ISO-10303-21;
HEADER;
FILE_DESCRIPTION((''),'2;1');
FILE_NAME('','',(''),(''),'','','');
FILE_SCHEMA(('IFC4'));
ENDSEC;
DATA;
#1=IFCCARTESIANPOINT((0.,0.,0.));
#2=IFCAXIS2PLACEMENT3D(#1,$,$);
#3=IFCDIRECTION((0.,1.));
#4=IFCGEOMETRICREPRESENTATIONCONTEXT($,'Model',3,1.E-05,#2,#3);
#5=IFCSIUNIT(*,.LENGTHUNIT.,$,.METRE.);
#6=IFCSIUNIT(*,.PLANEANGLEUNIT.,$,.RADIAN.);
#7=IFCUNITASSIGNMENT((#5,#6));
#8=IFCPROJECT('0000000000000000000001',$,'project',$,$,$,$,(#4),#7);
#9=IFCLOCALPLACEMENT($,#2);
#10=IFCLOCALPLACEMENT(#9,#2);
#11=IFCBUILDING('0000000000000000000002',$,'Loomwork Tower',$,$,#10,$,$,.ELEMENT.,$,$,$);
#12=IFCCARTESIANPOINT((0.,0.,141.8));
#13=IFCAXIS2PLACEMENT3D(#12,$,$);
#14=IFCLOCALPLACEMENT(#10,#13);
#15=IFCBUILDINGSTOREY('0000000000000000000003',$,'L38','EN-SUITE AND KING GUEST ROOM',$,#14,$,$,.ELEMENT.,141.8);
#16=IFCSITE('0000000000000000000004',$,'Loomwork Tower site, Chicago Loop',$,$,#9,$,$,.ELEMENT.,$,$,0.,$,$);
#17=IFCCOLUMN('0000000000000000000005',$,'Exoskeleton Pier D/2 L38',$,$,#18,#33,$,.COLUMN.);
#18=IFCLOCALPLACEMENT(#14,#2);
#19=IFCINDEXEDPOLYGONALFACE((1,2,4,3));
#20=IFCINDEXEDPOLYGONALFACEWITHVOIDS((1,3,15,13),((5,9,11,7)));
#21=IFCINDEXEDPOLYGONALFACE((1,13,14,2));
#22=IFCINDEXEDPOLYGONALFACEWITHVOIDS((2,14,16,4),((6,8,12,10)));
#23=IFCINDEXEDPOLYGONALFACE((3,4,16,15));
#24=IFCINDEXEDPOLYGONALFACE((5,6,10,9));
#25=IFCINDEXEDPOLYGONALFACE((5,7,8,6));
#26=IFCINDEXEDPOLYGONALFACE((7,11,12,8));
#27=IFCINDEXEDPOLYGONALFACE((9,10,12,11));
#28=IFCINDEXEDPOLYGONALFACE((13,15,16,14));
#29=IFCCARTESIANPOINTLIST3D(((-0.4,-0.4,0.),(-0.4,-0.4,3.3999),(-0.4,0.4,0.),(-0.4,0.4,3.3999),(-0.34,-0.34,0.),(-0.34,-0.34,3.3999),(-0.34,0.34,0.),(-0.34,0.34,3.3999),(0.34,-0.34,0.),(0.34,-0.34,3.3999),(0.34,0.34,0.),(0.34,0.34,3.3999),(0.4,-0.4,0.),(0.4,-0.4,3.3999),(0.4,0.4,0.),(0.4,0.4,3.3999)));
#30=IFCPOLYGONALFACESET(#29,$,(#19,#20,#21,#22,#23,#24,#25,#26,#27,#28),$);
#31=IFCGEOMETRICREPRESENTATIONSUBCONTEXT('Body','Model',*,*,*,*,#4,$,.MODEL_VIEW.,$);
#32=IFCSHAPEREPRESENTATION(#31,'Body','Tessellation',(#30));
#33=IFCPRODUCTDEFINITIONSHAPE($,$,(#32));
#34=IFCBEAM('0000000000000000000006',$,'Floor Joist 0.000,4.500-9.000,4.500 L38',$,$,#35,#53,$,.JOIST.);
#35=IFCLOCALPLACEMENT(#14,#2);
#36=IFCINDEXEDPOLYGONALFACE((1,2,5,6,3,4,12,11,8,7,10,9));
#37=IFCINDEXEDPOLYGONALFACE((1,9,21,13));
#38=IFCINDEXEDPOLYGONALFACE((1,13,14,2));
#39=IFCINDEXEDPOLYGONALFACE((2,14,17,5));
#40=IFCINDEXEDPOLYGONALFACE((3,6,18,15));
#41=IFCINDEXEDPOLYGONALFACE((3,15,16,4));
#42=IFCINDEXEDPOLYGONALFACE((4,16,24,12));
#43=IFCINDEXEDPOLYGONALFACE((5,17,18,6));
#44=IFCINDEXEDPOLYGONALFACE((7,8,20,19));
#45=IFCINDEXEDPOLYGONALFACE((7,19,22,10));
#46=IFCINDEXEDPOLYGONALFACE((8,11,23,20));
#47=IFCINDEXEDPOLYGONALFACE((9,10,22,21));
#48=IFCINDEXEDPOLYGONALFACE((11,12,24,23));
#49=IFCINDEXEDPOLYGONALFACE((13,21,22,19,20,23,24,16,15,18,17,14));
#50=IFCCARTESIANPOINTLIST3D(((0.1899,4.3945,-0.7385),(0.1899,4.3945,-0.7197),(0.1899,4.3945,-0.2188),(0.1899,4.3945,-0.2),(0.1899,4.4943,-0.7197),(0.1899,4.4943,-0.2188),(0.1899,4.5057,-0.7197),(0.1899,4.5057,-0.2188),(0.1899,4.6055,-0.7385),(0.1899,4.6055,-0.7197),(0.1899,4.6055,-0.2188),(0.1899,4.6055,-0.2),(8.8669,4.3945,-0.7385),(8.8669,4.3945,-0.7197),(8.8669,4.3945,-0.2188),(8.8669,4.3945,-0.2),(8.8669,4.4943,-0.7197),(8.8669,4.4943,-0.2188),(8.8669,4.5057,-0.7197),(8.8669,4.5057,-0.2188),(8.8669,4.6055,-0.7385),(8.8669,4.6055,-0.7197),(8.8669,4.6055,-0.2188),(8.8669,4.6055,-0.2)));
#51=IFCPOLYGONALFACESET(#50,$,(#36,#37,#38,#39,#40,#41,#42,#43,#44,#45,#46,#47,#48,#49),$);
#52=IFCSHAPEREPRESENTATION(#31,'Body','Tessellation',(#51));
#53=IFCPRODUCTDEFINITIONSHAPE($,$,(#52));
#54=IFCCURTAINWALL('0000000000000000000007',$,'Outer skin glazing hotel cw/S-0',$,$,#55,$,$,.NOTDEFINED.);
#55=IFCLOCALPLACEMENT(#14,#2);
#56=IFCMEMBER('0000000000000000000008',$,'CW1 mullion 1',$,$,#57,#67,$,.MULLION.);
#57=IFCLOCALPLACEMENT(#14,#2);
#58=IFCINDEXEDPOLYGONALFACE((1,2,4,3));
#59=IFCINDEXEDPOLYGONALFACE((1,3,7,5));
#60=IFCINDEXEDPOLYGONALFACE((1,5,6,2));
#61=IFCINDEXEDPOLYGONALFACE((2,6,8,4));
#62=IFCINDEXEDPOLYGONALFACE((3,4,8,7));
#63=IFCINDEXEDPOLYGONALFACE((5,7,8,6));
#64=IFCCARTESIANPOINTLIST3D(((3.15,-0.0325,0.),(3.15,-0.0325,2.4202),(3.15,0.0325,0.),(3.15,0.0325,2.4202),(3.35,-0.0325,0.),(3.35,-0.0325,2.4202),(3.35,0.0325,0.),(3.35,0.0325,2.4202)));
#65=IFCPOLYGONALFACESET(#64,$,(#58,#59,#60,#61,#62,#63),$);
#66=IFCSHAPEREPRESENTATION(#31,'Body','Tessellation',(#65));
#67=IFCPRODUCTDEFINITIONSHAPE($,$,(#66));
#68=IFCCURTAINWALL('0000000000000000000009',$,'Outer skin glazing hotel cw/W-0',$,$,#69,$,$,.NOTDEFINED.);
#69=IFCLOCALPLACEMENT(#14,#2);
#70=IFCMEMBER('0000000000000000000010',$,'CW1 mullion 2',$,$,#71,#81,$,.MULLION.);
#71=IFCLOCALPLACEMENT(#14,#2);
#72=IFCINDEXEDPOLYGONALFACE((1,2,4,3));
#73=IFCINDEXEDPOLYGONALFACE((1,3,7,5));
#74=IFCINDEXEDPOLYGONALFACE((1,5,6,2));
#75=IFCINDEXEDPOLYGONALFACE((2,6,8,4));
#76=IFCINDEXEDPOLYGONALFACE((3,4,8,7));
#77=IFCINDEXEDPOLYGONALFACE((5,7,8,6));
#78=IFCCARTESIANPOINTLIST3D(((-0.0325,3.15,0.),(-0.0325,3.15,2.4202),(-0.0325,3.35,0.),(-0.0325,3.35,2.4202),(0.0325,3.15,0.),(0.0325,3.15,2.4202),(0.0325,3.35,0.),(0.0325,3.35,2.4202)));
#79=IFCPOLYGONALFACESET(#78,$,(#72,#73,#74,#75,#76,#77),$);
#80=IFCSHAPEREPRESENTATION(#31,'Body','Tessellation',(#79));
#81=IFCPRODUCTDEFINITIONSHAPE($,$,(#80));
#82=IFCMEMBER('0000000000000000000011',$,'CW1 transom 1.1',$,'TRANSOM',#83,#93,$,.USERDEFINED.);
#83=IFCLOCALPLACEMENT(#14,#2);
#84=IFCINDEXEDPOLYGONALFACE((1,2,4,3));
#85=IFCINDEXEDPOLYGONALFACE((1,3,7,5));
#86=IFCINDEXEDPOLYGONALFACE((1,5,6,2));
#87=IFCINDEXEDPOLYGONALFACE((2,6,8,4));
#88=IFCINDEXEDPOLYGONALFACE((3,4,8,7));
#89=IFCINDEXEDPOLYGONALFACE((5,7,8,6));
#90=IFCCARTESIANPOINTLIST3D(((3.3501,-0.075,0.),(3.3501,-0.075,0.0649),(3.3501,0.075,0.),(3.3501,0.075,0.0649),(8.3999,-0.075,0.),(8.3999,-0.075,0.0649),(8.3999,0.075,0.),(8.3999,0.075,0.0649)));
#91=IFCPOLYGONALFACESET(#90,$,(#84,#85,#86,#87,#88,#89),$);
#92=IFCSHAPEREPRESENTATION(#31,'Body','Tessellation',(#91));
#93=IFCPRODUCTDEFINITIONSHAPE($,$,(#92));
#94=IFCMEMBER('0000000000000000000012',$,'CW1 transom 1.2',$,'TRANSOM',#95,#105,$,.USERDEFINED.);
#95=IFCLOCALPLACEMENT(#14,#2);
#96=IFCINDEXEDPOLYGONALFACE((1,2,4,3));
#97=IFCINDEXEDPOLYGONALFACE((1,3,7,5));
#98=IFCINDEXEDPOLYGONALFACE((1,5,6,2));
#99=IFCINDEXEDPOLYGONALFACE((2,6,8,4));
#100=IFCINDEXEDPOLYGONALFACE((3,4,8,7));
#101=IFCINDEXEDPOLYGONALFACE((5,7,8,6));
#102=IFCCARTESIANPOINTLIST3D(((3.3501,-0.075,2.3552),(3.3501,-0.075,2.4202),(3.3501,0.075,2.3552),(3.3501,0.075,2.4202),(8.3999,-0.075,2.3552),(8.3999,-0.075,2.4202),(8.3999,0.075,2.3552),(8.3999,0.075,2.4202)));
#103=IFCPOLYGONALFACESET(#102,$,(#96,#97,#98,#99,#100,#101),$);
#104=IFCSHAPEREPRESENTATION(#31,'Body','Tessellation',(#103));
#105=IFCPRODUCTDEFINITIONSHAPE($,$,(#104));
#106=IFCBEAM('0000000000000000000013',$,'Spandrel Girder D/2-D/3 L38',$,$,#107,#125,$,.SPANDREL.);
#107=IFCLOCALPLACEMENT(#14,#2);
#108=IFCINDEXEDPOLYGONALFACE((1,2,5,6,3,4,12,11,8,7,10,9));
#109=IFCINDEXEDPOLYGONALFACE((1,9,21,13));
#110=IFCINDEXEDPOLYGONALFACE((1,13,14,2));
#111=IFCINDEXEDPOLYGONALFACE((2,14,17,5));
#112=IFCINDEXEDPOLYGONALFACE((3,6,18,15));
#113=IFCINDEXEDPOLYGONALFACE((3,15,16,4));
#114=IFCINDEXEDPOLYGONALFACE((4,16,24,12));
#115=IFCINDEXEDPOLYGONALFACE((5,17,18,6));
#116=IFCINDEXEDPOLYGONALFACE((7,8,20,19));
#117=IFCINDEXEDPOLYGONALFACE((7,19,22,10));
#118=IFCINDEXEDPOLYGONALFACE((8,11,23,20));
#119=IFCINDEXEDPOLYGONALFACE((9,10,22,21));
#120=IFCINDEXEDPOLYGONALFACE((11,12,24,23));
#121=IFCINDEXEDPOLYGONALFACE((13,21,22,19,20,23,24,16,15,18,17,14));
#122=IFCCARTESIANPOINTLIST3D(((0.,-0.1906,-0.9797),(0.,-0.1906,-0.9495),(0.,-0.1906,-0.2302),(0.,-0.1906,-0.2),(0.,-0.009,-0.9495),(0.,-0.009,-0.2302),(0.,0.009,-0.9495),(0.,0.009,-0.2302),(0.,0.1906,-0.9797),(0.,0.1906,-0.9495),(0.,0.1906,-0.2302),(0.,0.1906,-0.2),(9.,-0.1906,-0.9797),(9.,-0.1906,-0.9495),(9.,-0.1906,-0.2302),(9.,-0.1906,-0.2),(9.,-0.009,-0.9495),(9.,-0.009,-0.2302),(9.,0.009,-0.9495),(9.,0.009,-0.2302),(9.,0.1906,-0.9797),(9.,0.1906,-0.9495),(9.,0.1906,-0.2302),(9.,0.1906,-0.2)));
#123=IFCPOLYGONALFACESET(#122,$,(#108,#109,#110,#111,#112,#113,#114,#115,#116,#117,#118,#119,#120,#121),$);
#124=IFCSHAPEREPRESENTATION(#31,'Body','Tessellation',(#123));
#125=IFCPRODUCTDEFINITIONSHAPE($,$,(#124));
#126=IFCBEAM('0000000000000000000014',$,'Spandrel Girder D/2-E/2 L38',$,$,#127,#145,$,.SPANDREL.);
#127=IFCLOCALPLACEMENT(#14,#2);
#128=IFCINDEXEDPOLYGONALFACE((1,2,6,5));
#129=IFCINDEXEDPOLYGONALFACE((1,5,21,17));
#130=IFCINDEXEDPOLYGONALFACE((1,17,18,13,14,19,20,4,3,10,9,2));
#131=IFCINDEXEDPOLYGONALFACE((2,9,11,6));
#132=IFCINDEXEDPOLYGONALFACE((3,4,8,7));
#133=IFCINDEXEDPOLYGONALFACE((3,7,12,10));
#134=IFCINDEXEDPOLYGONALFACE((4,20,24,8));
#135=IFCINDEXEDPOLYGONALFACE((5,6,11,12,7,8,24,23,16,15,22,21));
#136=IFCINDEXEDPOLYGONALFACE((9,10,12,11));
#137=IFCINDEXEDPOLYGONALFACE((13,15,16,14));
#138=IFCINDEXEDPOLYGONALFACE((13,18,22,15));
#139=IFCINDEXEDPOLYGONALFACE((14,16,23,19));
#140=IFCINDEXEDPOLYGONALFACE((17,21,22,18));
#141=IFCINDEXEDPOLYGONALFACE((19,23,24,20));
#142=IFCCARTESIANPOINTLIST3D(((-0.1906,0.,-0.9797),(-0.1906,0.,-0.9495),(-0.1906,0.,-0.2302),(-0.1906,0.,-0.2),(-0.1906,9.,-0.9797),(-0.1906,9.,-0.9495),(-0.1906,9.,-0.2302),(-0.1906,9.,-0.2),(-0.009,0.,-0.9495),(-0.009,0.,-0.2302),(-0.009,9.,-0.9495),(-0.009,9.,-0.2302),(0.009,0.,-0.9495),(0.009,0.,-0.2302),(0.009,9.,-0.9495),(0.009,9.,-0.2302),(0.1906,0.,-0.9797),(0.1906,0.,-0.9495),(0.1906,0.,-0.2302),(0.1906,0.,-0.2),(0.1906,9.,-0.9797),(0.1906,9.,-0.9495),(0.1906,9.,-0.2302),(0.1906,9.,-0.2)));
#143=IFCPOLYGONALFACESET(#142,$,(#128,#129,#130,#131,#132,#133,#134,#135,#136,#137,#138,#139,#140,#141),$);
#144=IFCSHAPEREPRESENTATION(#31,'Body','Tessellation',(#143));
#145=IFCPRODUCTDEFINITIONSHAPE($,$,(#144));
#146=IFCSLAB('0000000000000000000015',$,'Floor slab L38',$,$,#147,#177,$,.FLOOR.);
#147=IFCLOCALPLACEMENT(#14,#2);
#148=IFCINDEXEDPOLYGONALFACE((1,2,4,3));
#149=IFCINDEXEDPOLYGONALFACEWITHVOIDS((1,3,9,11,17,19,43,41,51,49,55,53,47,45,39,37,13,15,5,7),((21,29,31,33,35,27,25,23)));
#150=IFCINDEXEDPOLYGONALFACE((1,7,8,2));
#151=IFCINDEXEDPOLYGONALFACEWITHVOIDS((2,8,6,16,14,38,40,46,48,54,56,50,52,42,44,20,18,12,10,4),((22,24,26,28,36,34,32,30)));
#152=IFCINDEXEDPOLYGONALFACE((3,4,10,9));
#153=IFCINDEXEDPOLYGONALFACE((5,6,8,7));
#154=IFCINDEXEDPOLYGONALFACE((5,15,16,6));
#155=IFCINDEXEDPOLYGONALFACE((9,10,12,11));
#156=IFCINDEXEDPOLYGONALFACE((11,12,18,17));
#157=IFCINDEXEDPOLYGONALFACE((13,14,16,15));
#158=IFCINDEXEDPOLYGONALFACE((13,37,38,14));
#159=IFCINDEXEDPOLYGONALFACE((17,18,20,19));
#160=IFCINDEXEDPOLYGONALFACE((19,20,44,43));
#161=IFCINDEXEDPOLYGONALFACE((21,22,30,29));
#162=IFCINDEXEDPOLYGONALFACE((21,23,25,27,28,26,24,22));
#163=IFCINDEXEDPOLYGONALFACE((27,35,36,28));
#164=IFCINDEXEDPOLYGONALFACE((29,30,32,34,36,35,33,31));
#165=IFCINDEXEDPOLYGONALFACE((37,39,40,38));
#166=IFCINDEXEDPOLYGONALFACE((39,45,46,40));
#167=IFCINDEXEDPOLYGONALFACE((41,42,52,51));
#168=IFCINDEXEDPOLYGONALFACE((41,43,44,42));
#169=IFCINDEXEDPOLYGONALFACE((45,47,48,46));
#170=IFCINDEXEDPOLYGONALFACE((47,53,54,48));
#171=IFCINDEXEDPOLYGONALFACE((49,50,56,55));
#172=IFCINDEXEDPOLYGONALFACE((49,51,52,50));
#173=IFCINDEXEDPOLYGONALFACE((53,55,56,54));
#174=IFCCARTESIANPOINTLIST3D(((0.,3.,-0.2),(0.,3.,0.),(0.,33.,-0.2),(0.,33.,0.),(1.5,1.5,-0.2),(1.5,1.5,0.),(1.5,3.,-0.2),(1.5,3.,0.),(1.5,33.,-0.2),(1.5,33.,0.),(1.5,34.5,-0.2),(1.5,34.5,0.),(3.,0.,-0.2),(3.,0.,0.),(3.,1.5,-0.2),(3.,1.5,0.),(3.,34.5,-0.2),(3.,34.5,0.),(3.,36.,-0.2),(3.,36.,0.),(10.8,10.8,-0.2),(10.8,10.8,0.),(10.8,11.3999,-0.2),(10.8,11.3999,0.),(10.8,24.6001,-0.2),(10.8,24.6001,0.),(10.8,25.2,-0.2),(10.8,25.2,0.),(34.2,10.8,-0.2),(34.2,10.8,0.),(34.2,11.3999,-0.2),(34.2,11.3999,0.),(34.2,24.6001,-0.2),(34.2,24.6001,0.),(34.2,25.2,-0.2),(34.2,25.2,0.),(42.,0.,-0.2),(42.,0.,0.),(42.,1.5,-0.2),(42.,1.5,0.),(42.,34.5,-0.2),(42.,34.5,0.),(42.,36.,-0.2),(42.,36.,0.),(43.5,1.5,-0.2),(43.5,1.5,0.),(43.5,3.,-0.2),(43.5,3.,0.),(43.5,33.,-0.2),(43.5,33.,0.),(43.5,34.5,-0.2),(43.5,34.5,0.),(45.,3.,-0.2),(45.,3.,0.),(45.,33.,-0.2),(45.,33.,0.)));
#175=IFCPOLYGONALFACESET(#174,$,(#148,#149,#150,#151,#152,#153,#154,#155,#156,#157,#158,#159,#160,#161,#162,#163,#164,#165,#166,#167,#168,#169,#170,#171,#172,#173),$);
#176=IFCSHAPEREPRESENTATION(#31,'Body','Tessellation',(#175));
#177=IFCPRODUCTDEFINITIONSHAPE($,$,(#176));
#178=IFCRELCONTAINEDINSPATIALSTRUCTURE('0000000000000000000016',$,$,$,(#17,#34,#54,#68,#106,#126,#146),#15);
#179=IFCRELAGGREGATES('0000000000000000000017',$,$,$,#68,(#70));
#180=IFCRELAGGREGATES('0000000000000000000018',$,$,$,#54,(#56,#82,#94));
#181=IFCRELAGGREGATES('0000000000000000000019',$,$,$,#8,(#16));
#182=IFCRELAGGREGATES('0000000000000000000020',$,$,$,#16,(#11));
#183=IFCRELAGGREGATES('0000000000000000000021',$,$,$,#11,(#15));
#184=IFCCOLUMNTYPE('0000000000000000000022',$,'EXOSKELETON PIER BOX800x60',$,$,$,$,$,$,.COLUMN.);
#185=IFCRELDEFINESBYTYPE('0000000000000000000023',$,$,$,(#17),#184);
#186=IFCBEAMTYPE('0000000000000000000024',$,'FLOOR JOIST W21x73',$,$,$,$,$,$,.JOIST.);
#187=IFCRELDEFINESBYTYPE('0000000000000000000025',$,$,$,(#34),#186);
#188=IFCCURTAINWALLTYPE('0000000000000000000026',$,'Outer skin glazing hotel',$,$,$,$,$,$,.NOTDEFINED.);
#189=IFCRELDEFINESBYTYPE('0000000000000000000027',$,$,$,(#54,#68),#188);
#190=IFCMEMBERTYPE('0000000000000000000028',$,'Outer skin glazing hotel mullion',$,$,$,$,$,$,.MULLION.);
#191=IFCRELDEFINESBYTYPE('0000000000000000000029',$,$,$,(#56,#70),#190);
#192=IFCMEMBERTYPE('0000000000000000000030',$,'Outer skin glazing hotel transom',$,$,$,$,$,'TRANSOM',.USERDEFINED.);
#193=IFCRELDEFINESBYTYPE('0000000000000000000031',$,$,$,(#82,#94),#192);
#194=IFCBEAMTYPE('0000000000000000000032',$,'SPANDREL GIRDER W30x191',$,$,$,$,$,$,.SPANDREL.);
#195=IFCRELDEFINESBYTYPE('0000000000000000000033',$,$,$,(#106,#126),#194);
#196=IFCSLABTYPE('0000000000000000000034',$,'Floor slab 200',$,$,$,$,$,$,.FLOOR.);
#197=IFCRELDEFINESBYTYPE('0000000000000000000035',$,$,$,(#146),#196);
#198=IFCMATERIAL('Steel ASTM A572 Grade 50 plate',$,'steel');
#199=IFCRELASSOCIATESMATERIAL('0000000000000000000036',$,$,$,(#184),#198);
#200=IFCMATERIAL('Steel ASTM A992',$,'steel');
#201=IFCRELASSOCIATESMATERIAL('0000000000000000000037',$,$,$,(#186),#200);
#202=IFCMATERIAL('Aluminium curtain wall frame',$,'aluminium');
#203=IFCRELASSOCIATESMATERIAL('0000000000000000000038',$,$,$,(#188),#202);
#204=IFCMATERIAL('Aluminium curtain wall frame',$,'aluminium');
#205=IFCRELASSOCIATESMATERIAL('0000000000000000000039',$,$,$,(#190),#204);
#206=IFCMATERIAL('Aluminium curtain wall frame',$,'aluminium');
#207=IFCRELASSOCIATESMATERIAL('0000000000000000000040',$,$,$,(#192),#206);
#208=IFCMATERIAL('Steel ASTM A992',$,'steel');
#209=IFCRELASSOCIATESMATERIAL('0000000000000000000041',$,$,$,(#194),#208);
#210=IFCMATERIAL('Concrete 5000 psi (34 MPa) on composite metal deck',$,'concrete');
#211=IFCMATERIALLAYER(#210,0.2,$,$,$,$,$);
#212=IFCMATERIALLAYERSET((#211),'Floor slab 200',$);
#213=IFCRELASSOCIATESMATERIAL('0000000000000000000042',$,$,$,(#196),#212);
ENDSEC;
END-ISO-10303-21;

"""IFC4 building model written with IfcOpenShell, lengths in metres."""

from ifc_helpers import new_model, si_unit, direction, frame, origin, origin_with_axes, origin_2d, place, context, subcontext, project, spatial, polyline, rectangle, hollow_rectangle, i_section, outline, extrude, material, layer, layer_set, material_profile, profile_set, type_object, element, aggregate, save


model = new_model("IFC4")

# Units and contexts
model_context = context("Model", 3, precision=1e-05, world=origin(), true_north=direction((0.0, 1.0)))
body_context = subcontext(model_context, "Body", "Model", "MODEL_VIEW")
ifc_project = project(units=[si_unit("LENGTHUNIT", "METRE"), si_unit("PLANEANGLEUNIT", "RADIAN")], contexts=[model_context])

# Site, building, storey
site_placement = place(None, origin())
site = spatial("IfcSite", under=ifc_project, at=site_placement, Name="Loomwork Tower site, Chicago Loop", CompositionType="ELEMENT", RefElevation=0.0)
building_placement = place(site_placement, origin())
building = spatial("IfcBuilding", under=site, at=building_placement, Name="Loomwork Tower", CompositionType="ELEMENT")
storey_placement = place(building_placement, frame((0.0, 0.0, 141.8)))
storey = spatial("IfcBuildingStorey", under=building, at=storey_placement, Name="L38", Description="EN-SUITE AND KING GUEST ROOM", CompositionType="ELEMENT", Elevation=141.8)

# Column
ifc_material_1 = material(Name="Steel ASTM A572 Grade 50 plate", Category="steel")
ifc_material_profile_1 = material_profile(ifc_material_1, hollow_rectangle(XDim=0.8, YDim=0.8, WallThickness=0.0601, at=origin_2d()), Name="BOX800x60")
ifc_profile_set_1 = profile_set([ifc_material_profile_1], Name="Steel ASTM A572 Grade 50 plate")
column_type = type_object("IfcColumnType", Name="EXOSKELETON PIER BOX800x60", PredefinedType="COLUMN", material=ifc_profile_set_1)
column_placement = place(storey_placement, origin_with_axes())
element("IfcColumn", 1, at=column_placement, inside=storey, type_object=column_type, Name="Exoskeleton Pier D/2 L38", PredefinedType="COLUMN", context=body_context, shape_type="SweptSolid", body=[
    extrude(hollow_rectangle(XDim=0.8, YDim=0.8, WallThickness=0.0601, at=origin_2d()), origin(), (0.0, 0.0, 1.0), 3.3999),
])

# Beam
ifc_material_2 = material(Name="Steel ASTM A992", Category="steel")
ifc_material_profile_2 = material_profile(ifc_material_2, i_section(OverallWidth=0.2109, OverallDepth=0.5386, WebThickness=0.0115, FlangeThickness=0.0188, at=origin_2d()), Name="W21x73")
ifc_profile_set_2 = profile_set([ifc_material_profile_2], Name="Steel ASTM A992")
beam_type_1 = type_object("IfcBeamType", Name="FLOOR JOIST W21x73", PredefinedType="JOIST", material=ifc_profile_set_2)
beam_placement = place(storey_placement, frame((0.1899, 4.5, -0.4692), z_axis=(1.0, 0.0, 0.0), x_axis=(0.0, 1.0, 0.0)))
element("IfcBeam", 2, at=beam_placement, inside=storey, type_object=beam_type_1, Name="Floor Joist 0.000,4.500-9.000,4.500 L38", PredefinedType="JOIST", context=body_context, shape_type="SweptSolid", body=[
    extrude(i_section(OverallWidth=0.2109, OverallDepth=0.5386, WebThickness=0.0115, FlangeThickness=0.0188, at=origin_2d()), origin(), (0.0, 0.0, 1.0), 8.677),
])

# Curtain walls, members
ifc_material_3 = material(Name="Aluminium curtain wall frame", Category="aluminium")
curtain_wall_type = type_object("IfcCurtainWallType", Name="Outer skin glazing hotel", PredefinedType="NOTDEFINED", material=ifc_material_3)
curtain_wall_1_placement = place(storey_placement, origin())
curtain_wall_1 = element("IfcCurtainWall", 3, at=curtain_wall_1_placement, inside=storey, type_object=curtain_wall_type, Name="Outer skin glazing hotel cw/S-0", PredefinedType="NOTDEFINED")
ifc_material_4 = material(Name="Aluminium curtain wall frame", Category="aluminium")
ifc_material_profile_3 = material_profile(ifc_material_4, rectangle(XDim=0.0649, YDim=0.2, at=origin_2d()), Name="AL 65x200")
ifc_profile_set_3 = profile_set([ifc_material_profile_3], Name="Aluminium curtain wall frame")
member_type_1 = type_object("IfcMemberType", Name="Outer skin glazing hotel mullion", PredefinedType="MULLION", material=ifc_profile_set_3)
member_1_placement = place(storey_placement, frame((3.25, 0.0, 0.0), z_axis=(0.0, 0.0, 1.0), x_axis=(0.0, 1.0, 0.0)))
member_1 = element("IfcMember", 4, at=member_1_placement, type_object=member_type_1, Name="CW1 mullion 1", PredefinedType="MULLION", context=body_context, shape_type="SweptSolid", body=[
    extrude(rectangle(XDim=0.0649, YDim=0.2, at=origin_2d()), origin(), (0.0, 0.0, 1.0), 2.4202),
])
curtain_wall_2_placement = place(storey_placement, origin())
curtain_wall_2 = element("IfcCurtainWall", 5, at=curtain_wall_2_placement, inside=storey, type_object=curtain_wall_type, Name="Outer skin glazing hotel cw/W-0", PredefinedType="NOTDEFINED")
member_2_placement = place(storey_placement, frame((0.0, 3.25, 0.0), z_axis=(0.0, 0.0, 1.0), x_axis=(1.0, 0.0, 0.0)))
member_2 = element("IfcMember", 6, at=member_2_placement, type_object=member_type_1, Name="CW1 mullion 2", PredefinedType="MULLION", context=body_context, shape_type="SweptSolid", body=[
    extrude(rectangle(XDim=0.0649, YDim=0.2, at=origin_2d()), origin(), (0.0, 0.0, 1.0), 2.4202),
])
aggregate(curtain_wall_2, [member_2])

# Members
ifc_material_5 = material(Name="Aluminium curtain wall frame", Category="aluminium")
ifc_material_profile_4 = material_profile(ifc_material_5, rectangle(XDim=0.1499, YDim=0.0649, at=origin_2d()), Name="AL 65x150")
ifc_profile_set_4 = profile_set([ifc_material_profile_4], Name="Aluminium curtain wall frame")
member_type_2 = type_object("IfcMemberType", Name="Outer skin glazing hotel transom", ElementType="TRANSOM", PredefinedType="USERDEFINED", material=ifc_profile_set_4)
member_3_placement = place(storey_placement, frame((3.3501, 0.0, 0.0325), z_axis=(1.0, 0.0, 0.0), x_axis=(0.0, 1.0, 0.0)))
member_3 = element("IfcMember", 7, at=member_3_placement, type_object=member_type_2, Name="CW1 transom 1.1", ObjectType="TRANSOM", PredefinedType="USERDEFINED", context=body_context, shape_type="SweptSolid", body=[
    extrude(rectangle(XDim=0.1499, YDim=0.0649, at=origin_2d()), origin(), (0.0, 0.0, 1.0), 5.0498),
])
member_4_placement = place(storey_placement, frame((3.3501, 0.0, 2.3877), z_axis=(1.0, 0.0, 0.0), x_axis=(0.0, 1.0, 0.0)))
member_4 = element("IfcMember", 8, at=member_4_placement, type_object=member_type_2, Name="CW1 transom 1.2", ObjectType="TRANSOM", PredefinedType="USERDEFINED", context=body_context, shape_type="SweptSolid", body=[
    extrude(rectangle(XDim=0.1499, YDim=0.0649, at=origin_2d()), origin(), (0.0, 0.0, 1.0), 5.0498),
])

# Beams
ifc_material_6 = material(Name="Steel ASTM A992", Category="steel")
ifc_material_profile_5 = material_profile(ifc_material_6, i_section(OverallWidth=0.3811, OverallDepth=0.7798, WebThickness=0.0181, FlangeThickness=0.0303, at=origin_2d()), Name="W30x191")
ifc_profile_set_5 = profile_set([ifc_material_profile_5], Name="Steel ASTM A992")
beam_type_2 = type_object("IfcBeamType", Name="SPANDREL GIRDER W30x191", PredefinedType="SPANDREL", material=ifc_profile_set_5)
for number, where, z_axis, x_axis, name in (
    (9, (0.0, 0.0, -0.5898), (1.0, 0.0, 0.0), (0.0, 1.0, 0.0), "Spandrel Girder D/2-D/3 L38"),
    (10, (0.0, 0.0, -0.5898), (0.0, 1.0, 0.0), (-1.0, 0.0, 0.0), "Spandrel Girder D/2-E/2 L38"),
):
    element("IfcBeam", number, at=place(storey_placement, frame(where, z_axis=z_axis, x_axis=x_axis)), inside=storey, type_object=beam_type_2, Name=name, PredefinedType="SPANDREL", context=body_context, shape_type="SweptSolid", body=[
        extrude(i_section(OverallWidth=0.3811, OverallDepth=0.7798, WebThickness=0.0181, FlangeThickness=0.0303, at=origin_2d()), origin(), (0.0, 0.0, 1.0), 9.0),
    ])

# Slab
ifc_material_7 = material(Name="Concrete 5000 psi (34 MPa) on composite metal deck", Category="concrete")
ifc_layer_1 = layer(ifc_material_7, 0.2)
ifc_layer_set_1 = layer_set([ifc_layer_1], Name="Floor slab 200")
slab_type_1 = type_object("IfcSlabType", Name="Floor slab 200", PredefinedType="FLOOR", material=ifc_layer_set_1)
slab_1_placement = place(storey_placement, frame((0.0, 0.0, -0.2)))
element("IfcSlab", 11, at=slab_1_placement, inside=storey, type_object=slab_type_1, Name="Floor slab L38", PredefinedType="FLOOR", context=body_context, shape_type="SweptSolid", body=[
    extrude(outline(polyline([(3.0, 1.5), (1.5, 1.5), (1.5, 3.0), (0.0, 3.0), (0.0, 33.0), (1.5, 33.0), (1.5, 34.5), (3.0, 34.5), (3.0, 36.0), (42.0, 36.0), (42.0, 34.5), (43.5, 34.5), (43.5, 33.0), (45.0, 33.0), (45.0, 3.0), (43.5, 3.0), (43.5, 1.5), (42.0, 1.5), (42.0, 0.0), (3.0, 0.0), (3.0, 1.5)]), holes=[polyline([(10.8, 11.3999), (10.8, 11.3999), (10.8, 10.8), (34.2, 10.8), (34.2, 11.3999), (34.2, 11.3999), (34.2, 24.6001), (34.2, 25.2), (10.8, 25.2), (10.8, 24.6001), (10.8, 11.3999)])]), origin(), (0.0, 0.0, 1.0), 0.2),
])

aggregate(curtain_wall_1, [member_1, member_3, member_4])

save(model, "model.ifc")
